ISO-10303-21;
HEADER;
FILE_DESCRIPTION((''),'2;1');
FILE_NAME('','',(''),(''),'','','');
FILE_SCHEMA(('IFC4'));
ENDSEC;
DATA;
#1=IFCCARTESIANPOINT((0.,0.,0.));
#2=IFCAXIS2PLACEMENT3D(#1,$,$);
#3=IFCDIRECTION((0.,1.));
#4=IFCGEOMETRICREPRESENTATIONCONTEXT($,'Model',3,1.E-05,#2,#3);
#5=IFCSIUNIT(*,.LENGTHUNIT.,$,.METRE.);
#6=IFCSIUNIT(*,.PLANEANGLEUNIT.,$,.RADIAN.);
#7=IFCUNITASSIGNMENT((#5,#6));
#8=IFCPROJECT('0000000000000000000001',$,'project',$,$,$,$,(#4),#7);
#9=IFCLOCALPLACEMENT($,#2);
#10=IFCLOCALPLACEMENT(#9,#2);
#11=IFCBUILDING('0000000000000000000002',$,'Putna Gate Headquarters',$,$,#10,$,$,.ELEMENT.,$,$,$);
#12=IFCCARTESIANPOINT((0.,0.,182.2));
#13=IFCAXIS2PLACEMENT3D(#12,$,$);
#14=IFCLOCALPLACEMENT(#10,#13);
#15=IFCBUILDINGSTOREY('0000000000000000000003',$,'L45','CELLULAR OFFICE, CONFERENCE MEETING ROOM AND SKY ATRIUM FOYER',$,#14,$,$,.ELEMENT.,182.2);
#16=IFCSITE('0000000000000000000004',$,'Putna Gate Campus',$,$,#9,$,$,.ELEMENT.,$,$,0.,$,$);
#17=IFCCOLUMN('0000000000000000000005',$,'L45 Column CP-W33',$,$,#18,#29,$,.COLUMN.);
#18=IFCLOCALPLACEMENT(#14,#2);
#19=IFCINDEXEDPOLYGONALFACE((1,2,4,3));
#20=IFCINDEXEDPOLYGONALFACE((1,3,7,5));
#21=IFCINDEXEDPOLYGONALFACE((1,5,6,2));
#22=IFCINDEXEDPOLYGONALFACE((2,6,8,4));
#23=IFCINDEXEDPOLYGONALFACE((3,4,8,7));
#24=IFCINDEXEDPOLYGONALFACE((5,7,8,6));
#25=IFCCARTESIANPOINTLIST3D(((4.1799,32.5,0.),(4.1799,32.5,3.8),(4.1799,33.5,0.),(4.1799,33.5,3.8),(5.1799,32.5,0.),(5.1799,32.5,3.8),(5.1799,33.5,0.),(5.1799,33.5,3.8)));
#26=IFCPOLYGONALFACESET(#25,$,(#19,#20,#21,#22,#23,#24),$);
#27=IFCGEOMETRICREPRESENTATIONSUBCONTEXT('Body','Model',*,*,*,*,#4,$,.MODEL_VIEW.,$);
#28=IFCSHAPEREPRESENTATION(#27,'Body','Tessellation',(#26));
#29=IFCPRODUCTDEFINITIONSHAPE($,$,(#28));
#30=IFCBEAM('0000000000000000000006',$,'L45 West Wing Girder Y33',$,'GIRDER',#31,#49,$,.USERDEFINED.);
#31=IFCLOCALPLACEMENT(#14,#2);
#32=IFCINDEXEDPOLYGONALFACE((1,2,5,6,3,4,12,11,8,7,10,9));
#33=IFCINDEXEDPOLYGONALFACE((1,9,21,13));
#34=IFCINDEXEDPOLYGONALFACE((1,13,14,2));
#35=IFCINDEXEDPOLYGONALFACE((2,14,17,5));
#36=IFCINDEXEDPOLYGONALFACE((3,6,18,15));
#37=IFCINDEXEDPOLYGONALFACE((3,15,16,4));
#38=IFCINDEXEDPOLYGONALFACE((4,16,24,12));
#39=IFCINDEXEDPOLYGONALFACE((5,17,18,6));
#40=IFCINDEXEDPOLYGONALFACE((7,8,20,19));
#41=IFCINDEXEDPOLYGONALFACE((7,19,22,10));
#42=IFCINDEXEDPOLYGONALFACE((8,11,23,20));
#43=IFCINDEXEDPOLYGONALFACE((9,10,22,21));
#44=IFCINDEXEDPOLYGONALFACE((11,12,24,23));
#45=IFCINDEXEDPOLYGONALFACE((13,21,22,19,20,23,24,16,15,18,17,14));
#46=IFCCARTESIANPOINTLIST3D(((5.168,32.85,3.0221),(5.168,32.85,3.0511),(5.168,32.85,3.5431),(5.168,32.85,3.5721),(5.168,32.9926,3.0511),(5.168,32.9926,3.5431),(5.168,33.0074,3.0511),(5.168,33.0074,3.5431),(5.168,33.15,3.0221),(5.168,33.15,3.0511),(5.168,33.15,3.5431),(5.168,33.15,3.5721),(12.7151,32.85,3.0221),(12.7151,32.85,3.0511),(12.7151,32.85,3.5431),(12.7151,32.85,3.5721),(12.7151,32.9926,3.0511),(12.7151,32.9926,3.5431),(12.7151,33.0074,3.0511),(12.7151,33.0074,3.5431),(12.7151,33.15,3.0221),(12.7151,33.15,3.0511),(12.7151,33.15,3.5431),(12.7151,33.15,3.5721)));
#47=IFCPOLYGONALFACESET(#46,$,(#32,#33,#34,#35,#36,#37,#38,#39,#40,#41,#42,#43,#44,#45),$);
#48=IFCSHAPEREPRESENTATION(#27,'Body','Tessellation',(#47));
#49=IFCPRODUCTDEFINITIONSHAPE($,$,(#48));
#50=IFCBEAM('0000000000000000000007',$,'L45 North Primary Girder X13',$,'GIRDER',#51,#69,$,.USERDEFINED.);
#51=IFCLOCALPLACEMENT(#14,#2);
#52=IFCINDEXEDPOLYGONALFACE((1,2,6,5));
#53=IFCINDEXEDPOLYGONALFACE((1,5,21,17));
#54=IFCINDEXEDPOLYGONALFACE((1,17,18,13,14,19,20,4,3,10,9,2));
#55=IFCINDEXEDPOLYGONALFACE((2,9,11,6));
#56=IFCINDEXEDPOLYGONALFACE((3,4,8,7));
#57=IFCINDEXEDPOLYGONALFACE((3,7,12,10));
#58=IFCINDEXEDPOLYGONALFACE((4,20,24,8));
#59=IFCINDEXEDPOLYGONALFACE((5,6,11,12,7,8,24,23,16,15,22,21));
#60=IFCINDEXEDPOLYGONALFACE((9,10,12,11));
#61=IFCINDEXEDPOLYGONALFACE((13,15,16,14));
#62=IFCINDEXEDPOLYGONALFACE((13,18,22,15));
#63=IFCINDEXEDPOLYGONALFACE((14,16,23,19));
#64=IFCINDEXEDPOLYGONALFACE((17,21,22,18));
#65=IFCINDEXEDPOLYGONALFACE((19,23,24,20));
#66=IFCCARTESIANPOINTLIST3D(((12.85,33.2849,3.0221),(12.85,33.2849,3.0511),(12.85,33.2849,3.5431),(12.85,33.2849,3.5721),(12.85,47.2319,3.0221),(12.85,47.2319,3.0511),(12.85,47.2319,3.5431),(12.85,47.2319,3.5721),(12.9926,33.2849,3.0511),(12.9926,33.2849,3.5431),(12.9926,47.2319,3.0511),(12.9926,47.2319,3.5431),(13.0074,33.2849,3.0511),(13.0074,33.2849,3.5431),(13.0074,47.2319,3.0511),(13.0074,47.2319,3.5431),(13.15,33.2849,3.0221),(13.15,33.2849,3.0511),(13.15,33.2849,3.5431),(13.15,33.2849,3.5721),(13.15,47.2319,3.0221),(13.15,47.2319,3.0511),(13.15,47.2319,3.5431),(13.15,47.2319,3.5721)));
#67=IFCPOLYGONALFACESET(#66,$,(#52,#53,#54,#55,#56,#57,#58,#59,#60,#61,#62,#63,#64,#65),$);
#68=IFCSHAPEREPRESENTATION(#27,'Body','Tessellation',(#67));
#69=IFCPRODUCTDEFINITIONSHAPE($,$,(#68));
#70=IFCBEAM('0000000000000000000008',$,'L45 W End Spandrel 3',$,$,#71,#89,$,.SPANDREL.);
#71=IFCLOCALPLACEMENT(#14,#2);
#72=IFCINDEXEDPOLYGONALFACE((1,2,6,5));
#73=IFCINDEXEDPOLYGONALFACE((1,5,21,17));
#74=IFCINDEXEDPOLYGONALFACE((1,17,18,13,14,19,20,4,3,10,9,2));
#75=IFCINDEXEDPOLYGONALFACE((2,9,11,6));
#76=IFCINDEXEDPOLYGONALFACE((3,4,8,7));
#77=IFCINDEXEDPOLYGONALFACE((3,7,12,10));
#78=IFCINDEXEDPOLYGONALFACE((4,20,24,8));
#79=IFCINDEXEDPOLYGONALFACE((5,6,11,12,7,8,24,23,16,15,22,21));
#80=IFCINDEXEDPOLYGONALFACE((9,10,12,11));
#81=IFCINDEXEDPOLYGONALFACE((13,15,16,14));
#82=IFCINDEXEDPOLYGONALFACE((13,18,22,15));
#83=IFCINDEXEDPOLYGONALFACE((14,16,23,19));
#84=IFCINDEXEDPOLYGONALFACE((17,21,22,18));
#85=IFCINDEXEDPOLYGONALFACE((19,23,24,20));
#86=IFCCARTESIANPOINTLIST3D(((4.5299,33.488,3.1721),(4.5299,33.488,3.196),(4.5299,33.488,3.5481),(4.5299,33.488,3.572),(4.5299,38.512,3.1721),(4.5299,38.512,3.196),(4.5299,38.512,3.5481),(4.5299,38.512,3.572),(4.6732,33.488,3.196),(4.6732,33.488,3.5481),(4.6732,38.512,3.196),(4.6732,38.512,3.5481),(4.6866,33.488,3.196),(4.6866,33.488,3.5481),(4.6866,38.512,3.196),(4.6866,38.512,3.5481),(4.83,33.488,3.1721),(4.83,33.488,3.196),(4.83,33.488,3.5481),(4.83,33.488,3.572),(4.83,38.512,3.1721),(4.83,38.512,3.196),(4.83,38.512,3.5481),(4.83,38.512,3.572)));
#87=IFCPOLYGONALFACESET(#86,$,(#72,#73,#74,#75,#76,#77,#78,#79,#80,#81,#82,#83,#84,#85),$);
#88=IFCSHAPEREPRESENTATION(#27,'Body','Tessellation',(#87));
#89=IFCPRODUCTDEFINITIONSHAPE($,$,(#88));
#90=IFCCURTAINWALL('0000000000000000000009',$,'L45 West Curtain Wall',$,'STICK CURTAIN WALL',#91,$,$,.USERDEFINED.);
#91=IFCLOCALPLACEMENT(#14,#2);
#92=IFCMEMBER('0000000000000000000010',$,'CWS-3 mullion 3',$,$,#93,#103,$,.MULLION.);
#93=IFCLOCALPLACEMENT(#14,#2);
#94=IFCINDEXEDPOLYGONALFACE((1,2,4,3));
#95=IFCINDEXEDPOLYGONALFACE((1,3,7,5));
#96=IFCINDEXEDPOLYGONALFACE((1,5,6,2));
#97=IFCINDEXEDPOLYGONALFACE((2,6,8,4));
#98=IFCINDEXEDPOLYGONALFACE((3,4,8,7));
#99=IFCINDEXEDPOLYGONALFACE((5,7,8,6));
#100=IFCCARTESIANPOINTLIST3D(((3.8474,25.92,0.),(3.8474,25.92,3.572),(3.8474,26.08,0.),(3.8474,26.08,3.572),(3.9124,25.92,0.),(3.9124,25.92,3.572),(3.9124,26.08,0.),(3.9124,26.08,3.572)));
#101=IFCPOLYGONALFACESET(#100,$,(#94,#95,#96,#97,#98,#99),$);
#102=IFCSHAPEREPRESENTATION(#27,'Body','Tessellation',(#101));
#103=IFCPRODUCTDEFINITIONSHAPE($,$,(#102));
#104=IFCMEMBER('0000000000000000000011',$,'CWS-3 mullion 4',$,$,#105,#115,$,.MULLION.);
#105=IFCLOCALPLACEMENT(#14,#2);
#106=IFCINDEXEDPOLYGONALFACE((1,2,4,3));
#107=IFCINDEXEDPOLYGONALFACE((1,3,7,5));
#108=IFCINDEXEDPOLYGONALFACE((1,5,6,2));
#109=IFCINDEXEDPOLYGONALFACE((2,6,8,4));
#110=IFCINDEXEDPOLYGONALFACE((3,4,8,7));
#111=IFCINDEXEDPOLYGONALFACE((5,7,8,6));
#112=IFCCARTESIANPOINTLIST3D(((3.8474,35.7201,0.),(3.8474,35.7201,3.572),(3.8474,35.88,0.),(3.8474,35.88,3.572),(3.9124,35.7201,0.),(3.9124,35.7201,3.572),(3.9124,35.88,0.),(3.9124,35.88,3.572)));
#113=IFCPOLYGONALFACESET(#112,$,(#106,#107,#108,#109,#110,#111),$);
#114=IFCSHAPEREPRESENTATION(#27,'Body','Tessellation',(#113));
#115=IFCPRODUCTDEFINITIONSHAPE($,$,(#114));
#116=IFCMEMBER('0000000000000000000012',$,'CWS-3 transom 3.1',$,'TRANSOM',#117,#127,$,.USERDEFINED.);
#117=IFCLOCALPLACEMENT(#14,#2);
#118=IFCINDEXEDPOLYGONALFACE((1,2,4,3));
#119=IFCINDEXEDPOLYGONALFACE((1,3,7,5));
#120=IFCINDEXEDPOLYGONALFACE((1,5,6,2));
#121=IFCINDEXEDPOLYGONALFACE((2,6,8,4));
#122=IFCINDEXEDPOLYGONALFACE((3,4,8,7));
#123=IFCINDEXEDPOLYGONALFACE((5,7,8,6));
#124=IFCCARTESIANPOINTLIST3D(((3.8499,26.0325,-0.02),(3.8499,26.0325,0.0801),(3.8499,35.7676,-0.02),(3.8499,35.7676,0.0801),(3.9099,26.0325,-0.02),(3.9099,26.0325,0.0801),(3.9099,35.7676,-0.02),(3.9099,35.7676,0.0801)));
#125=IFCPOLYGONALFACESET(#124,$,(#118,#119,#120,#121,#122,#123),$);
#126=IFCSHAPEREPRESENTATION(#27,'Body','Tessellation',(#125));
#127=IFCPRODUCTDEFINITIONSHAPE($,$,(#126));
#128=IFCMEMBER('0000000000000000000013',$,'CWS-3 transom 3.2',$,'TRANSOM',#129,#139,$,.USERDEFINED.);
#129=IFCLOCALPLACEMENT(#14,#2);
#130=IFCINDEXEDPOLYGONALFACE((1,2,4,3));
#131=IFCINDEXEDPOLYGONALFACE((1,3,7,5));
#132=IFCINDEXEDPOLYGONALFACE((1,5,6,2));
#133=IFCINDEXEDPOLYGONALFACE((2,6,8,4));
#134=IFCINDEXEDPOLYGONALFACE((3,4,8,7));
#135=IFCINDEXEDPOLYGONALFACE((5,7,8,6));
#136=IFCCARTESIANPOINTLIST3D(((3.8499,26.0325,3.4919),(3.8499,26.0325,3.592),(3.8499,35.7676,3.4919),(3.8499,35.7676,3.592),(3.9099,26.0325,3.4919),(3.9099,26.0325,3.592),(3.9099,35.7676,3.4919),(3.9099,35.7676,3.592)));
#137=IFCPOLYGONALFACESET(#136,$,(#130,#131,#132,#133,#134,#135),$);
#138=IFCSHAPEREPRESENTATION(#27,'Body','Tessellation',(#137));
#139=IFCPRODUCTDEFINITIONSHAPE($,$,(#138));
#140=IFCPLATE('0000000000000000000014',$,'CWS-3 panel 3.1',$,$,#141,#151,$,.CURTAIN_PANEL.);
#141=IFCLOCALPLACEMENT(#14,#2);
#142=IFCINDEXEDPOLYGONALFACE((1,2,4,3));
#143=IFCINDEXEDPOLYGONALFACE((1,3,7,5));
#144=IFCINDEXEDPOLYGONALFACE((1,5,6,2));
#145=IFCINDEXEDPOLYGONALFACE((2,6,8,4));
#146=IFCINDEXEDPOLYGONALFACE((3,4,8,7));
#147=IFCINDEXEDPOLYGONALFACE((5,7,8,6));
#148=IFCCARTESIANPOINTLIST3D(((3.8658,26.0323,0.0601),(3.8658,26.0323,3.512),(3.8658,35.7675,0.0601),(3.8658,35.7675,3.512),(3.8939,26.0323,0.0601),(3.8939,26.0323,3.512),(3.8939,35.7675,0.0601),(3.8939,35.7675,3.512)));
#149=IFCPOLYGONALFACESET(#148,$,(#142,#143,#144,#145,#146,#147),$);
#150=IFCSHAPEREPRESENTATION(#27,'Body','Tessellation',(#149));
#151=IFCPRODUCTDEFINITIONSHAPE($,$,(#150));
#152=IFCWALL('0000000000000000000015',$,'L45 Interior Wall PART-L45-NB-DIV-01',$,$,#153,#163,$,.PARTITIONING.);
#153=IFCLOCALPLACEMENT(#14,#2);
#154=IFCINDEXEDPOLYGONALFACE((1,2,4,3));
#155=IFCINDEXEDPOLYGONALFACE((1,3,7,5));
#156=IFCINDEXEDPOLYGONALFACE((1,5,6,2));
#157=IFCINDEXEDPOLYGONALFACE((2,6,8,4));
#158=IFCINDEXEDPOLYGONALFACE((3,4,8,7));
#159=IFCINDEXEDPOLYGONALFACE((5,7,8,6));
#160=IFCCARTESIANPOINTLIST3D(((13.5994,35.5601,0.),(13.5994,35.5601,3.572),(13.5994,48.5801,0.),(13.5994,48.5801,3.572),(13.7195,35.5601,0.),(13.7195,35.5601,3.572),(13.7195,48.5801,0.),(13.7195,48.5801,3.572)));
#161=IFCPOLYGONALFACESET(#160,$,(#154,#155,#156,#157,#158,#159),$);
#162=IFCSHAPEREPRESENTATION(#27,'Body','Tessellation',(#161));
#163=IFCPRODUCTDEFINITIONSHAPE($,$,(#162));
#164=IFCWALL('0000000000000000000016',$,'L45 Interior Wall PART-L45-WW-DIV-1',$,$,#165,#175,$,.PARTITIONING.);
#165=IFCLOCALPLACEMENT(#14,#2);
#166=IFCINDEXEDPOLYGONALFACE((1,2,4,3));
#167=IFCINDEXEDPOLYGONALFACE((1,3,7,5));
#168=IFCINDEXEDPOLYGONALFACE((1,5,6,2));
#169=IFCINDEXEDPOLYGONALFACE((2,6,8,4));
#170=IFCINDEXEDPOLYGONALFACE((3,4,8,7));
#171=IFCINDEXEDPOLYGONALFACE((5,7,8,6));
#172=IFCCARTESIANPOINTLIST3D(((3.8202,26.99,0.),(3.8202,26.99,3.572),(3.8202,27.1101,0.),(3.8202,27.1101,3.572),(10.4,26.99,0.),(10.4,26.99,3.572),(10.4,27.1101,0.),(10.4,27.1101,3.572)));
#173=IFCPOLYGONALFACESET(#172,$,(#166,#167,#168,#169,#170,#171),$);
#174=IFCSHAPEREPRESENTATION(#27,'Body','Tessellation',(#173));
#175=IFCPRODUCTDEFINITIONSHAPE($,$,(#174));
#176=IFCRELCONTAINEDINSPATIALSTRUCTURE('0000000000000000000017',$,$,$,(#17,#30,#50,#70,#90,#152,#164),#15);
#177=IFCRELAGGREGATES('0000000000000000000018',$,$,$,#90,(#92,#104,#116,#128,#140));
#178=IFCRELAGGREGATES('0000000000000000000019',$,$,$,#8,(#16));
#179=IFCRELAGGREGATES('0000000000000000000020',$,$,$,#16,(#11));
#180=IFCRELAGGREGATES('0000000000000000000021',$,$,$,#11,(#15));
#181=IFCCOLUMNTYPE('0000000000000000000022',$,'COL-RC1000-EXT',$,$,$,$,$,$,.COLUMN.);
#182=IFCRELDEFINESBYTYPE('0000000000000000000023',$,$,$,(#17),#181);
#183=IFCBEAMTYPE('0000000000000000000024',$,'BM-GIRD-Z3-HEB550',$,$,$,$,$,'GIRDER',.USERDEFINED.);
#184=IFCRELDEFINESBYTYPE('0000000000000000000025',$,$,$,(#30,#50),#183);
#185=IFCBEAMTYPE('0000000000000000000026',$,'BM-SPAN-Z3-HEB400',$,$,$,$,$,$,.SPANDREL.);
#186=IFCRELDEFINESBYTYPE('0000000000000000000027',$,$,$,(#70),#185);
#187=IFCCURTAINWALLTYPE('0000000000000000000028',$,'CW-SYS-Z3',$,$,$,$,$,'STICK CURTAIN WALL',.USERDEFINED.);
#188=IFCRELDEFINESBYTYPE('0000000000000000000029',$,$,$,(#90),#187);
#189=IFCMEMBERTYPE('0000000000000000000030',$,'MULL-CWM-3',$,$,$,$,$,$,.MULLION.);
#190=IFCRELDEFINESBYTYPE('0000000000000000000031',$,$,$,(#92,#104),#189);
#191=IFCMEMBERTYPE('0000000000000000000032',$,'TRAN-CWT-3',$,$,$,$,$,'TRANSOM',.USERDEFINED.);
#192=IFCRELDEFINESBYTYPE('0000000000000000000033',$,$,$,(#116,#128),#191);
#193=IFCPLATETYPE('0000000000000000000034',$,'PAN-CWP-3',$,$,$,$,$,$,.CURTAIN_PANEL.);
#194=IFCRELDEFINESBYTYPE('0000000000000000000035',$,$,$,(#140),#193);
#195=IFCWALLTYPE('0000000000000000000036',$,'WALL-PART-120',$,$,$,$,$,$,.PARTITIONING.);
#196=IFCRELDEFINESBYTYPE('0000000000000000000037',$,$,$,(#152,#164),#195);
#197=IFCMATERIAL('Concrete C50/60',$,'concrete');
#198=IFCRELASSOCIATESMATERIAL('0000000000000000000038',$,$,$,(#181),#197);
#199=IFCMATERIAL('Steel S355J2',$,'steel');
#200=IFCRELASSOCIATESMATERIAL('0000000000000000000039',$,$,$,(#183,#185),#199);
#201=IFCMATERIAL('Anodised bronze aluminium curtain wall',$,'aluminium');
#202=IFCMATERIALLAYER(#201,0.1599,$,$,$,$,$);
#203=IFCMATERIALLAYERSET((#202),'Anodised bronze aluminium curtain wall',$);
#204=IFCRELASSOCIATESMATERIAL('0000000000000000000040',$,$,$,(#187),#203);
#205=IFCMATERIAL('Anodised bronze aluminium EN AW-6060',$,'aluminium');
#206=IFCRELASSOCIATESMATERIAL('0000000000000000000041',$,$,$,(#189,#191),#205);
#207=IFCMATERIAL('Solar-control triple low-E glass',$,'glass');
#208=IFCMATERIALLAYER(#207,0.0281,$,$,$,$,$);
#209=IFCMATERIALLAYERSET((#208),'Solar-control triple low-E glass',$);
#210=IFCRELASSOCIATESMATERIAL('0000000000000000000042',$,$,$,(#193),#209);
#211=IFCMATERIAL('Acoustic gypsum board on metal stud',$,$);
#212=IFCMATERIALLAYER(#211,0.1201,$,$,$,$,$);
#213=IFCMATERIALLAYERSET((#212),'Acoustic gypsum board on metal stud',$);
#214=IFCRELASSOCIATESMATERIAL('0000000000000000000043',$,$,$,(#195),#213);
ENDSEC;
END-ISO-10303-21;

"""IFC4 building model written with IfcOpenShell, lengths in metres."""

from ifc_helpers import new_model, si_unit, direction, frame, frame_2d, origin, origin_2d, place, context, subcontext, project, spatial, rectangle, i_section, extrude, material, layer, layer_set, material_profile, profile_set, type_object, element, aggregate, save


model = new_model("IFC4")

# Units and contexts
model_context = context("Model", 3, precision=1e-05, world=origin(), true_north=direction((0.0, 1.0)))
body_context = subcontext(model_context, "Body", "Model", "MODEL_VIEW")
ifc_project = project(units=[si_unit("LENGTHUNIT", "METRE"), si_unit("PLANEANGLEUNIT", "RADIAN")], contexts=[model_context])

# Site, building, storey
site_placement = place(None, origin())
site = spatial("IfcSite", under=ifc_project, at=site_placement, Name="Putna Gate Campus", CompositionType="ELEMENT", RefElevation=0.0)
building_placement = place(site_placement, origin())
building = spatial("IfcBuilding", under=site, at=building_placement, Name="Putna Gate Headquarters", CompositionType="ELEMENT")
storey_placement = place(building_placement, frame((0.0, 0.0, 182.2)))
storey = spatial("IfcBuildingStorey", under=building, at=storey_placement, Name="L45", Description="CELLULAR OFFICE, CONFERENCE MEETING ROOM AND SKY ATRIUM FOYER", CompositionType="ELEMENT", Elevation=182.2)

# Column
ifc_material_1 = material(Name="Concrete C50/60", Category="concrete")
ifc_material_profile_1 = material_profile(ifc_material_1, rectangle(XDim=1.0, YDim=1.0, at=origin_2d()), Name="Concrete C50/60")
ifc_profile_set_1 = profile_set([ifc_material_profile_1], Name="Concrete C50/60")
column_type = type_object("IfcColumnType", Name="COL-RC1000-EXT", PredefinedType="COLUMN", material=ifc_profile_set_1)
column_placement = place(storey_placement, frame((4.6799, 33.0, 0.0), z_axis=(0.0, 0.0, 1.0), x_axis=(1.0, 0.0, 0.0)))
element("IfcColumn", 1, at=column_placement, inside=storey, type_object=column_type, Name="L45 Column CP-W33", PredefinedType="COLUMN", context=body_context, shape_type="SweptSolid", body=[
    extrude(rectangle(XDim=1.0, YDim=1.0, at=origin_2d()), origin(), (0.0, 0.0, 1.0), 3.8),
])

# Beams
ifc_material_2 = material(Name="Steel S355J2", Category="steel")
ifc_material_profile_2 = material_profile(ifc_material_2, i_section(OverallWidth=0.3, OverallDepth=0.55, WebThickness=0.0149, FlangeThickness=0.0291, at=origin_2d()), Name="Steel S355J2")
ifc_profile_set_2 = profile_set([ifc_material_profile_2], Name="Steel S355J2")
beam_type_1 = type_object("IfcBeamType", Name="BM-GIRD-Z3-HEB550", ElementType="GIRDER", PredefinedType="USERDEFINED", material=ifc_profile_set_2)
beam_1_placement = place(storey_placement, frame((5.168, 33.0, 3.2971), z_axis=(1.0, 0.0, 0.0), x_axis=(0.0, 1.0, 0.0)))
element("IfcBeam", 2, at=beam_1_placement, inside=storey, type_object=beam_type_1, Name="L45 West Wing Girder Y33", ObjectType="GIRDER", PredefinedType="USERDEFINED", context=body_context, shape_type="SweptSolid", body=[
    extrude(i_section(OverallWidth=0.3, OverallDepth=0.55, WebThickness=0.0149, FlangeThickness=0.0291, at=origin_2d()), origin(), (0.0, 0.0, 1.0), 7.5471),
])
beam_2_placement = place(storey_placement, frame((13.0, 33.2849, 3.2971), z_axis=(0.0, 1.0, 0.0), x_axis=(-1.0, 0.0, 0.0)))
element("IfcBeam", 3, at=beam_2_placement, inside=storey, type_object=beam_type_1, Name="L45 North Primary Girder X13", ObjectType="GIRDER", PredefinedType="USERDEFINED", context=body_context, shape_type="SweptSolid", body=[
    extrude(i_section(OverallWidth=0.3, OverallDepth=0.55, WebThickness=0.0149, FlangeThickness=0.0291, at=origin_2d()), origin(), (0.0, 0.0, 1.0), 13.947),
])
ifc_material_profile_3 = material_profile(ifc_material_2, i_section(OverallWidth=0.3, OverallDepth=0.3999, WebThickness=0.0134, FlangeThickness=0.0239, at=origin_2d()), Name="Steel S355J2")
ifc_profile_set_3 = profile_set([ifc_material_profile_3], Name="Steel S355J2")
beam_type_2 = type_object("IfcBeamType", Name="BM-SPAN-Z3-HEB400", PredefinedType="SPANDREL", material=ifc_profile_set_3)
beam_3_placement = place(storey_placement, frame((4.6799, 33.488, 3.3721), z_axis=(0.0, 1.0, 0.0), x_axis=(-1.0, 0.0, 0.0)))
element("IfcBeam", 4, at=beam_3_placement, inside=storey, type_object=beam_type_2, Name="L45 W End Spandrel 3", PredefinedType="SPANDREL", context=body_context, shape_type="SweptSolid", body=[
    extrude(i_section(OverallWidth=0.3, OverallDepth=0.3999, WebThickness=0.0134, FlangeThickness=0.0239, at=origin_2d()), origin(), (0.0, 0.0, 1.0), 5.0239),
])

# Curtain wall, members, plate
ifc_material_3 = material(Name="Anodised bronze aluminium curtain wall", Category="aluminium")
ifc_layer_1 = layer(ifc_material_3, 0.1599)
ifc_layer_set_1 = layer_set([ifc_layer_1], Name="Anodised bronze aluminium curtain wall")
curtain_wall_type = type_object("IfcCurtainWallType", Name="CW-SYS-Z3", ElementType="STICK CURTAIN WALL", PredefinedType="USERDEFINED", material=ifc_layer_set_1)
curtain_wall_placement = place(storey_placement, origin())
curtain_wall = element("IfcCurtainWall", 5, at=curtain_wall_placement, inside=storey, type_object=curtain_wall_type, Name="L45 West Curtain Wall", ObjectType="STICK CURTAIN WALL", PredefinedType="USERDEFINED")
ifc_material_4 = material(Name="Anodised bronze aluminium EN AW-6060", Category="aluminium")
ifc_material_profile_4 = material_profile(ifc_material_4, rectangle(XDim=0.0649, YDim=0.1599, at=origin_2d()), Name="Anodised bronze aluminium EN AW-6060")
ifc_profile_set_4 = profile_set([ifc_material_profile_4], Name="Anodised bronze aluminium EN AW-6060")
member_type_1 = type_object("IfcMemberType", Name="MULL-CWM-3", PredefinedType="MULLION", material=ifc_profile_set_4)
member_1_placement = place(storey_placement, frame((3.8799, 26.0, 0.0), z_axis=(0.0, 0.0, 1.0), x_axis=(-1.0, 0.0, 0.0)))
member_1 = element("IfcMember", 6, at=member_1_placement, type_object=member_type_1, Name="CWS-3 mullion 3", PredefinedType="MULLION", context=body_context, shape_type="SweptSolid", body=[
    extrude(rectangle(XDim=0.0649, YDim=0.1599, at=origin_2d()), origin(), (0.0, 0.0, 1.0), 3.572),
])
member_2_placement = place(storey_placement, frame((3.8799, 35.8, 0.0), z_axis=(0.0, 0.0, 1.0), x_axis=(-1.0, 0.0, 0.0)))
member_2 = element("IfcMember", 7, at=member_2_placement, type_object=member_type_1, Name="CWS-3 mullion 4", PredefinedType="MULLION", context=body_context, shape_type="SweptSolid", body=[
    extrude(rectangle(XDim=0.0649, YDim=0.1599, at=origin_2d()), origin(), (0.0, 0.0, 1.0), 3.572),
])
ifc_material_profile_5 = material_profile(ifc_material_4, rectangle(XDim=0.0601, YDim=0.1001, at=origin_2d()), Name="Anodised bronze aluminium EN AW-6060")
ifc_profile_set_5 = profile_set([ifc_material_profile_5], Name="Anodised bronze aluminium EN AW-6060")
member_type_2 = type_object("IfcMemberType", Name="TRAN-CWT-3", ElementType="TRANSOM", PredefinedType="USERDEFINED", material=ifc_profile_set_5)
member_3_placement = place(storey_placement, frame((3.8799, 26.0325, 0.03), z_axis=(0.0, 1.0, 0.0), x_axis=(-1.0, 0.0, 0.0)))
member_3 = element("IfcMember", 8, at=member_3_placement, type_object=member_type_2, Name="CWS-3 transom 3.1", ObjectType="TRANSOM", PredefinedType="USERDEFINED", context=body_context, shape_type="SweptSolid", body=[
    extrude(rectangle(XDim=0.0601, YDim=0.1001, at=origin_2d()), origin(), (0.0, 0.0, 1.0), 9.7351),
])
member_4_placement = place(storey_placement, frame((3.8799, 26.0325, 3.542), z_axis=(0.0, 1.0, 0.0), x_axis=(-1.0, 0.0, 0.0)))
member_4 = element("IfcMember", 9, at=member_4_placement, type_object=member_type_2, Name="CWS-3 transom 3.2", ObjectType="TRANSOM", PredefinedType="USERDEFINED", context=body_context, shape_type="SweptSolid", body=[
    extrude(rectangle(XDim=0.0601, YDim=0.1001, at=origin_2d()), origin(), (0.0, 0.0, 1.0), 9.7351),
])
ifc_material_5 = material(Name="Solar-control triple low-E glass", Category="glass")
ifc_layer_2 = layer(ifc_material_5, 0.0281)
ifc_layer_set_2 = layer_set([ifc_layer_2], Name="Solar-control triple low-E glass")
plate_type = type_object("IfcPlateType", Name="PAN-CWP-3", PredefinedType="CURTAIN_PANEL", material=ifc_layer_set_2)
plate_placement = place(storey_placement, frame((3.8799, 30.8999, 0.0601), z_axis=(0.0, 0.0, 1.0), x_axis=(0.0, 1.0, 0.0)))
plate = element("IfcPlate", 10, at=plate_placement, type_object=plate_type, Name="CWS-3 panel 3.1", PredefinedType="CURTAIN_PANEL", context=body_context, shape_type="SweptSolid", body=[
    extrude(rectangle(XDim=9.7351, YDim=0.0281, at=origin_2d()), origin(), (0.0, 0.0, 1.0), 3.4519),
])
aggregate(curtain_wall, [member_1, member_2, member_3, member_4, plate])

# Walls
ifc_material_6 = material(Name="Acoustic gypsum board on metal stud")
ifc_layer_3 = layer(ifc_material_6, 0.1201)
ifc_layer_set_3 = layer_set([ifc_layer_3], Name="Acoustic gypsum board on metal stud")
wall_type_1 = type_object("IfcWallType", Name="WALL-PART-120", PredefinedType="PARTITIONING", material=ifc_layer_set_3)
wall_1_placement = place(storey_placement, frame((13.6594, 35.5601, 0.0), z_axis=(0.0, 0.0, 1.0), x_axis=(0.0, 1.0, 0.0)))
element("IfcWall", 11, at=wall_1_placement, inside=storey, type_object=wall_type_1, Name="L45 Interior Wall PART-L45-NB-DIV-01", PredefinedType="PARTITIONING", context=body_context, shape_type="SweptSolid", body=[
    extrude(rectangle(XDim=13.02, YDim=0.1201, at=frame_2d((6.51, 0.0))), origin(), (0.0, 0.0, 1.0), 3.572),
])
wall_2_placement = place(storey_placement, frame((3.8201, 27.05, 0.0), z_axis=(0.0, 0.0, 1.0), x_axis=(1.0, 0.0, 0.0)))
element("IfcWall", 12, at=wall_2_placement, inside=storey, type_object=wall_type_1, Name="L45 Interior Wall PART-L45-WW-DIV-1", PredefinedType="PARTITIONING", context=body_context, shape_type="SweptSolid", body=[
    extrude(rectangle(XDim=6.5798, YDim=0.1201, at=frame_2d((3.29, 0.0))), origin(), (0.0, 0.0, 1.0), 3.572),
])

save(model, "model.ifc")
